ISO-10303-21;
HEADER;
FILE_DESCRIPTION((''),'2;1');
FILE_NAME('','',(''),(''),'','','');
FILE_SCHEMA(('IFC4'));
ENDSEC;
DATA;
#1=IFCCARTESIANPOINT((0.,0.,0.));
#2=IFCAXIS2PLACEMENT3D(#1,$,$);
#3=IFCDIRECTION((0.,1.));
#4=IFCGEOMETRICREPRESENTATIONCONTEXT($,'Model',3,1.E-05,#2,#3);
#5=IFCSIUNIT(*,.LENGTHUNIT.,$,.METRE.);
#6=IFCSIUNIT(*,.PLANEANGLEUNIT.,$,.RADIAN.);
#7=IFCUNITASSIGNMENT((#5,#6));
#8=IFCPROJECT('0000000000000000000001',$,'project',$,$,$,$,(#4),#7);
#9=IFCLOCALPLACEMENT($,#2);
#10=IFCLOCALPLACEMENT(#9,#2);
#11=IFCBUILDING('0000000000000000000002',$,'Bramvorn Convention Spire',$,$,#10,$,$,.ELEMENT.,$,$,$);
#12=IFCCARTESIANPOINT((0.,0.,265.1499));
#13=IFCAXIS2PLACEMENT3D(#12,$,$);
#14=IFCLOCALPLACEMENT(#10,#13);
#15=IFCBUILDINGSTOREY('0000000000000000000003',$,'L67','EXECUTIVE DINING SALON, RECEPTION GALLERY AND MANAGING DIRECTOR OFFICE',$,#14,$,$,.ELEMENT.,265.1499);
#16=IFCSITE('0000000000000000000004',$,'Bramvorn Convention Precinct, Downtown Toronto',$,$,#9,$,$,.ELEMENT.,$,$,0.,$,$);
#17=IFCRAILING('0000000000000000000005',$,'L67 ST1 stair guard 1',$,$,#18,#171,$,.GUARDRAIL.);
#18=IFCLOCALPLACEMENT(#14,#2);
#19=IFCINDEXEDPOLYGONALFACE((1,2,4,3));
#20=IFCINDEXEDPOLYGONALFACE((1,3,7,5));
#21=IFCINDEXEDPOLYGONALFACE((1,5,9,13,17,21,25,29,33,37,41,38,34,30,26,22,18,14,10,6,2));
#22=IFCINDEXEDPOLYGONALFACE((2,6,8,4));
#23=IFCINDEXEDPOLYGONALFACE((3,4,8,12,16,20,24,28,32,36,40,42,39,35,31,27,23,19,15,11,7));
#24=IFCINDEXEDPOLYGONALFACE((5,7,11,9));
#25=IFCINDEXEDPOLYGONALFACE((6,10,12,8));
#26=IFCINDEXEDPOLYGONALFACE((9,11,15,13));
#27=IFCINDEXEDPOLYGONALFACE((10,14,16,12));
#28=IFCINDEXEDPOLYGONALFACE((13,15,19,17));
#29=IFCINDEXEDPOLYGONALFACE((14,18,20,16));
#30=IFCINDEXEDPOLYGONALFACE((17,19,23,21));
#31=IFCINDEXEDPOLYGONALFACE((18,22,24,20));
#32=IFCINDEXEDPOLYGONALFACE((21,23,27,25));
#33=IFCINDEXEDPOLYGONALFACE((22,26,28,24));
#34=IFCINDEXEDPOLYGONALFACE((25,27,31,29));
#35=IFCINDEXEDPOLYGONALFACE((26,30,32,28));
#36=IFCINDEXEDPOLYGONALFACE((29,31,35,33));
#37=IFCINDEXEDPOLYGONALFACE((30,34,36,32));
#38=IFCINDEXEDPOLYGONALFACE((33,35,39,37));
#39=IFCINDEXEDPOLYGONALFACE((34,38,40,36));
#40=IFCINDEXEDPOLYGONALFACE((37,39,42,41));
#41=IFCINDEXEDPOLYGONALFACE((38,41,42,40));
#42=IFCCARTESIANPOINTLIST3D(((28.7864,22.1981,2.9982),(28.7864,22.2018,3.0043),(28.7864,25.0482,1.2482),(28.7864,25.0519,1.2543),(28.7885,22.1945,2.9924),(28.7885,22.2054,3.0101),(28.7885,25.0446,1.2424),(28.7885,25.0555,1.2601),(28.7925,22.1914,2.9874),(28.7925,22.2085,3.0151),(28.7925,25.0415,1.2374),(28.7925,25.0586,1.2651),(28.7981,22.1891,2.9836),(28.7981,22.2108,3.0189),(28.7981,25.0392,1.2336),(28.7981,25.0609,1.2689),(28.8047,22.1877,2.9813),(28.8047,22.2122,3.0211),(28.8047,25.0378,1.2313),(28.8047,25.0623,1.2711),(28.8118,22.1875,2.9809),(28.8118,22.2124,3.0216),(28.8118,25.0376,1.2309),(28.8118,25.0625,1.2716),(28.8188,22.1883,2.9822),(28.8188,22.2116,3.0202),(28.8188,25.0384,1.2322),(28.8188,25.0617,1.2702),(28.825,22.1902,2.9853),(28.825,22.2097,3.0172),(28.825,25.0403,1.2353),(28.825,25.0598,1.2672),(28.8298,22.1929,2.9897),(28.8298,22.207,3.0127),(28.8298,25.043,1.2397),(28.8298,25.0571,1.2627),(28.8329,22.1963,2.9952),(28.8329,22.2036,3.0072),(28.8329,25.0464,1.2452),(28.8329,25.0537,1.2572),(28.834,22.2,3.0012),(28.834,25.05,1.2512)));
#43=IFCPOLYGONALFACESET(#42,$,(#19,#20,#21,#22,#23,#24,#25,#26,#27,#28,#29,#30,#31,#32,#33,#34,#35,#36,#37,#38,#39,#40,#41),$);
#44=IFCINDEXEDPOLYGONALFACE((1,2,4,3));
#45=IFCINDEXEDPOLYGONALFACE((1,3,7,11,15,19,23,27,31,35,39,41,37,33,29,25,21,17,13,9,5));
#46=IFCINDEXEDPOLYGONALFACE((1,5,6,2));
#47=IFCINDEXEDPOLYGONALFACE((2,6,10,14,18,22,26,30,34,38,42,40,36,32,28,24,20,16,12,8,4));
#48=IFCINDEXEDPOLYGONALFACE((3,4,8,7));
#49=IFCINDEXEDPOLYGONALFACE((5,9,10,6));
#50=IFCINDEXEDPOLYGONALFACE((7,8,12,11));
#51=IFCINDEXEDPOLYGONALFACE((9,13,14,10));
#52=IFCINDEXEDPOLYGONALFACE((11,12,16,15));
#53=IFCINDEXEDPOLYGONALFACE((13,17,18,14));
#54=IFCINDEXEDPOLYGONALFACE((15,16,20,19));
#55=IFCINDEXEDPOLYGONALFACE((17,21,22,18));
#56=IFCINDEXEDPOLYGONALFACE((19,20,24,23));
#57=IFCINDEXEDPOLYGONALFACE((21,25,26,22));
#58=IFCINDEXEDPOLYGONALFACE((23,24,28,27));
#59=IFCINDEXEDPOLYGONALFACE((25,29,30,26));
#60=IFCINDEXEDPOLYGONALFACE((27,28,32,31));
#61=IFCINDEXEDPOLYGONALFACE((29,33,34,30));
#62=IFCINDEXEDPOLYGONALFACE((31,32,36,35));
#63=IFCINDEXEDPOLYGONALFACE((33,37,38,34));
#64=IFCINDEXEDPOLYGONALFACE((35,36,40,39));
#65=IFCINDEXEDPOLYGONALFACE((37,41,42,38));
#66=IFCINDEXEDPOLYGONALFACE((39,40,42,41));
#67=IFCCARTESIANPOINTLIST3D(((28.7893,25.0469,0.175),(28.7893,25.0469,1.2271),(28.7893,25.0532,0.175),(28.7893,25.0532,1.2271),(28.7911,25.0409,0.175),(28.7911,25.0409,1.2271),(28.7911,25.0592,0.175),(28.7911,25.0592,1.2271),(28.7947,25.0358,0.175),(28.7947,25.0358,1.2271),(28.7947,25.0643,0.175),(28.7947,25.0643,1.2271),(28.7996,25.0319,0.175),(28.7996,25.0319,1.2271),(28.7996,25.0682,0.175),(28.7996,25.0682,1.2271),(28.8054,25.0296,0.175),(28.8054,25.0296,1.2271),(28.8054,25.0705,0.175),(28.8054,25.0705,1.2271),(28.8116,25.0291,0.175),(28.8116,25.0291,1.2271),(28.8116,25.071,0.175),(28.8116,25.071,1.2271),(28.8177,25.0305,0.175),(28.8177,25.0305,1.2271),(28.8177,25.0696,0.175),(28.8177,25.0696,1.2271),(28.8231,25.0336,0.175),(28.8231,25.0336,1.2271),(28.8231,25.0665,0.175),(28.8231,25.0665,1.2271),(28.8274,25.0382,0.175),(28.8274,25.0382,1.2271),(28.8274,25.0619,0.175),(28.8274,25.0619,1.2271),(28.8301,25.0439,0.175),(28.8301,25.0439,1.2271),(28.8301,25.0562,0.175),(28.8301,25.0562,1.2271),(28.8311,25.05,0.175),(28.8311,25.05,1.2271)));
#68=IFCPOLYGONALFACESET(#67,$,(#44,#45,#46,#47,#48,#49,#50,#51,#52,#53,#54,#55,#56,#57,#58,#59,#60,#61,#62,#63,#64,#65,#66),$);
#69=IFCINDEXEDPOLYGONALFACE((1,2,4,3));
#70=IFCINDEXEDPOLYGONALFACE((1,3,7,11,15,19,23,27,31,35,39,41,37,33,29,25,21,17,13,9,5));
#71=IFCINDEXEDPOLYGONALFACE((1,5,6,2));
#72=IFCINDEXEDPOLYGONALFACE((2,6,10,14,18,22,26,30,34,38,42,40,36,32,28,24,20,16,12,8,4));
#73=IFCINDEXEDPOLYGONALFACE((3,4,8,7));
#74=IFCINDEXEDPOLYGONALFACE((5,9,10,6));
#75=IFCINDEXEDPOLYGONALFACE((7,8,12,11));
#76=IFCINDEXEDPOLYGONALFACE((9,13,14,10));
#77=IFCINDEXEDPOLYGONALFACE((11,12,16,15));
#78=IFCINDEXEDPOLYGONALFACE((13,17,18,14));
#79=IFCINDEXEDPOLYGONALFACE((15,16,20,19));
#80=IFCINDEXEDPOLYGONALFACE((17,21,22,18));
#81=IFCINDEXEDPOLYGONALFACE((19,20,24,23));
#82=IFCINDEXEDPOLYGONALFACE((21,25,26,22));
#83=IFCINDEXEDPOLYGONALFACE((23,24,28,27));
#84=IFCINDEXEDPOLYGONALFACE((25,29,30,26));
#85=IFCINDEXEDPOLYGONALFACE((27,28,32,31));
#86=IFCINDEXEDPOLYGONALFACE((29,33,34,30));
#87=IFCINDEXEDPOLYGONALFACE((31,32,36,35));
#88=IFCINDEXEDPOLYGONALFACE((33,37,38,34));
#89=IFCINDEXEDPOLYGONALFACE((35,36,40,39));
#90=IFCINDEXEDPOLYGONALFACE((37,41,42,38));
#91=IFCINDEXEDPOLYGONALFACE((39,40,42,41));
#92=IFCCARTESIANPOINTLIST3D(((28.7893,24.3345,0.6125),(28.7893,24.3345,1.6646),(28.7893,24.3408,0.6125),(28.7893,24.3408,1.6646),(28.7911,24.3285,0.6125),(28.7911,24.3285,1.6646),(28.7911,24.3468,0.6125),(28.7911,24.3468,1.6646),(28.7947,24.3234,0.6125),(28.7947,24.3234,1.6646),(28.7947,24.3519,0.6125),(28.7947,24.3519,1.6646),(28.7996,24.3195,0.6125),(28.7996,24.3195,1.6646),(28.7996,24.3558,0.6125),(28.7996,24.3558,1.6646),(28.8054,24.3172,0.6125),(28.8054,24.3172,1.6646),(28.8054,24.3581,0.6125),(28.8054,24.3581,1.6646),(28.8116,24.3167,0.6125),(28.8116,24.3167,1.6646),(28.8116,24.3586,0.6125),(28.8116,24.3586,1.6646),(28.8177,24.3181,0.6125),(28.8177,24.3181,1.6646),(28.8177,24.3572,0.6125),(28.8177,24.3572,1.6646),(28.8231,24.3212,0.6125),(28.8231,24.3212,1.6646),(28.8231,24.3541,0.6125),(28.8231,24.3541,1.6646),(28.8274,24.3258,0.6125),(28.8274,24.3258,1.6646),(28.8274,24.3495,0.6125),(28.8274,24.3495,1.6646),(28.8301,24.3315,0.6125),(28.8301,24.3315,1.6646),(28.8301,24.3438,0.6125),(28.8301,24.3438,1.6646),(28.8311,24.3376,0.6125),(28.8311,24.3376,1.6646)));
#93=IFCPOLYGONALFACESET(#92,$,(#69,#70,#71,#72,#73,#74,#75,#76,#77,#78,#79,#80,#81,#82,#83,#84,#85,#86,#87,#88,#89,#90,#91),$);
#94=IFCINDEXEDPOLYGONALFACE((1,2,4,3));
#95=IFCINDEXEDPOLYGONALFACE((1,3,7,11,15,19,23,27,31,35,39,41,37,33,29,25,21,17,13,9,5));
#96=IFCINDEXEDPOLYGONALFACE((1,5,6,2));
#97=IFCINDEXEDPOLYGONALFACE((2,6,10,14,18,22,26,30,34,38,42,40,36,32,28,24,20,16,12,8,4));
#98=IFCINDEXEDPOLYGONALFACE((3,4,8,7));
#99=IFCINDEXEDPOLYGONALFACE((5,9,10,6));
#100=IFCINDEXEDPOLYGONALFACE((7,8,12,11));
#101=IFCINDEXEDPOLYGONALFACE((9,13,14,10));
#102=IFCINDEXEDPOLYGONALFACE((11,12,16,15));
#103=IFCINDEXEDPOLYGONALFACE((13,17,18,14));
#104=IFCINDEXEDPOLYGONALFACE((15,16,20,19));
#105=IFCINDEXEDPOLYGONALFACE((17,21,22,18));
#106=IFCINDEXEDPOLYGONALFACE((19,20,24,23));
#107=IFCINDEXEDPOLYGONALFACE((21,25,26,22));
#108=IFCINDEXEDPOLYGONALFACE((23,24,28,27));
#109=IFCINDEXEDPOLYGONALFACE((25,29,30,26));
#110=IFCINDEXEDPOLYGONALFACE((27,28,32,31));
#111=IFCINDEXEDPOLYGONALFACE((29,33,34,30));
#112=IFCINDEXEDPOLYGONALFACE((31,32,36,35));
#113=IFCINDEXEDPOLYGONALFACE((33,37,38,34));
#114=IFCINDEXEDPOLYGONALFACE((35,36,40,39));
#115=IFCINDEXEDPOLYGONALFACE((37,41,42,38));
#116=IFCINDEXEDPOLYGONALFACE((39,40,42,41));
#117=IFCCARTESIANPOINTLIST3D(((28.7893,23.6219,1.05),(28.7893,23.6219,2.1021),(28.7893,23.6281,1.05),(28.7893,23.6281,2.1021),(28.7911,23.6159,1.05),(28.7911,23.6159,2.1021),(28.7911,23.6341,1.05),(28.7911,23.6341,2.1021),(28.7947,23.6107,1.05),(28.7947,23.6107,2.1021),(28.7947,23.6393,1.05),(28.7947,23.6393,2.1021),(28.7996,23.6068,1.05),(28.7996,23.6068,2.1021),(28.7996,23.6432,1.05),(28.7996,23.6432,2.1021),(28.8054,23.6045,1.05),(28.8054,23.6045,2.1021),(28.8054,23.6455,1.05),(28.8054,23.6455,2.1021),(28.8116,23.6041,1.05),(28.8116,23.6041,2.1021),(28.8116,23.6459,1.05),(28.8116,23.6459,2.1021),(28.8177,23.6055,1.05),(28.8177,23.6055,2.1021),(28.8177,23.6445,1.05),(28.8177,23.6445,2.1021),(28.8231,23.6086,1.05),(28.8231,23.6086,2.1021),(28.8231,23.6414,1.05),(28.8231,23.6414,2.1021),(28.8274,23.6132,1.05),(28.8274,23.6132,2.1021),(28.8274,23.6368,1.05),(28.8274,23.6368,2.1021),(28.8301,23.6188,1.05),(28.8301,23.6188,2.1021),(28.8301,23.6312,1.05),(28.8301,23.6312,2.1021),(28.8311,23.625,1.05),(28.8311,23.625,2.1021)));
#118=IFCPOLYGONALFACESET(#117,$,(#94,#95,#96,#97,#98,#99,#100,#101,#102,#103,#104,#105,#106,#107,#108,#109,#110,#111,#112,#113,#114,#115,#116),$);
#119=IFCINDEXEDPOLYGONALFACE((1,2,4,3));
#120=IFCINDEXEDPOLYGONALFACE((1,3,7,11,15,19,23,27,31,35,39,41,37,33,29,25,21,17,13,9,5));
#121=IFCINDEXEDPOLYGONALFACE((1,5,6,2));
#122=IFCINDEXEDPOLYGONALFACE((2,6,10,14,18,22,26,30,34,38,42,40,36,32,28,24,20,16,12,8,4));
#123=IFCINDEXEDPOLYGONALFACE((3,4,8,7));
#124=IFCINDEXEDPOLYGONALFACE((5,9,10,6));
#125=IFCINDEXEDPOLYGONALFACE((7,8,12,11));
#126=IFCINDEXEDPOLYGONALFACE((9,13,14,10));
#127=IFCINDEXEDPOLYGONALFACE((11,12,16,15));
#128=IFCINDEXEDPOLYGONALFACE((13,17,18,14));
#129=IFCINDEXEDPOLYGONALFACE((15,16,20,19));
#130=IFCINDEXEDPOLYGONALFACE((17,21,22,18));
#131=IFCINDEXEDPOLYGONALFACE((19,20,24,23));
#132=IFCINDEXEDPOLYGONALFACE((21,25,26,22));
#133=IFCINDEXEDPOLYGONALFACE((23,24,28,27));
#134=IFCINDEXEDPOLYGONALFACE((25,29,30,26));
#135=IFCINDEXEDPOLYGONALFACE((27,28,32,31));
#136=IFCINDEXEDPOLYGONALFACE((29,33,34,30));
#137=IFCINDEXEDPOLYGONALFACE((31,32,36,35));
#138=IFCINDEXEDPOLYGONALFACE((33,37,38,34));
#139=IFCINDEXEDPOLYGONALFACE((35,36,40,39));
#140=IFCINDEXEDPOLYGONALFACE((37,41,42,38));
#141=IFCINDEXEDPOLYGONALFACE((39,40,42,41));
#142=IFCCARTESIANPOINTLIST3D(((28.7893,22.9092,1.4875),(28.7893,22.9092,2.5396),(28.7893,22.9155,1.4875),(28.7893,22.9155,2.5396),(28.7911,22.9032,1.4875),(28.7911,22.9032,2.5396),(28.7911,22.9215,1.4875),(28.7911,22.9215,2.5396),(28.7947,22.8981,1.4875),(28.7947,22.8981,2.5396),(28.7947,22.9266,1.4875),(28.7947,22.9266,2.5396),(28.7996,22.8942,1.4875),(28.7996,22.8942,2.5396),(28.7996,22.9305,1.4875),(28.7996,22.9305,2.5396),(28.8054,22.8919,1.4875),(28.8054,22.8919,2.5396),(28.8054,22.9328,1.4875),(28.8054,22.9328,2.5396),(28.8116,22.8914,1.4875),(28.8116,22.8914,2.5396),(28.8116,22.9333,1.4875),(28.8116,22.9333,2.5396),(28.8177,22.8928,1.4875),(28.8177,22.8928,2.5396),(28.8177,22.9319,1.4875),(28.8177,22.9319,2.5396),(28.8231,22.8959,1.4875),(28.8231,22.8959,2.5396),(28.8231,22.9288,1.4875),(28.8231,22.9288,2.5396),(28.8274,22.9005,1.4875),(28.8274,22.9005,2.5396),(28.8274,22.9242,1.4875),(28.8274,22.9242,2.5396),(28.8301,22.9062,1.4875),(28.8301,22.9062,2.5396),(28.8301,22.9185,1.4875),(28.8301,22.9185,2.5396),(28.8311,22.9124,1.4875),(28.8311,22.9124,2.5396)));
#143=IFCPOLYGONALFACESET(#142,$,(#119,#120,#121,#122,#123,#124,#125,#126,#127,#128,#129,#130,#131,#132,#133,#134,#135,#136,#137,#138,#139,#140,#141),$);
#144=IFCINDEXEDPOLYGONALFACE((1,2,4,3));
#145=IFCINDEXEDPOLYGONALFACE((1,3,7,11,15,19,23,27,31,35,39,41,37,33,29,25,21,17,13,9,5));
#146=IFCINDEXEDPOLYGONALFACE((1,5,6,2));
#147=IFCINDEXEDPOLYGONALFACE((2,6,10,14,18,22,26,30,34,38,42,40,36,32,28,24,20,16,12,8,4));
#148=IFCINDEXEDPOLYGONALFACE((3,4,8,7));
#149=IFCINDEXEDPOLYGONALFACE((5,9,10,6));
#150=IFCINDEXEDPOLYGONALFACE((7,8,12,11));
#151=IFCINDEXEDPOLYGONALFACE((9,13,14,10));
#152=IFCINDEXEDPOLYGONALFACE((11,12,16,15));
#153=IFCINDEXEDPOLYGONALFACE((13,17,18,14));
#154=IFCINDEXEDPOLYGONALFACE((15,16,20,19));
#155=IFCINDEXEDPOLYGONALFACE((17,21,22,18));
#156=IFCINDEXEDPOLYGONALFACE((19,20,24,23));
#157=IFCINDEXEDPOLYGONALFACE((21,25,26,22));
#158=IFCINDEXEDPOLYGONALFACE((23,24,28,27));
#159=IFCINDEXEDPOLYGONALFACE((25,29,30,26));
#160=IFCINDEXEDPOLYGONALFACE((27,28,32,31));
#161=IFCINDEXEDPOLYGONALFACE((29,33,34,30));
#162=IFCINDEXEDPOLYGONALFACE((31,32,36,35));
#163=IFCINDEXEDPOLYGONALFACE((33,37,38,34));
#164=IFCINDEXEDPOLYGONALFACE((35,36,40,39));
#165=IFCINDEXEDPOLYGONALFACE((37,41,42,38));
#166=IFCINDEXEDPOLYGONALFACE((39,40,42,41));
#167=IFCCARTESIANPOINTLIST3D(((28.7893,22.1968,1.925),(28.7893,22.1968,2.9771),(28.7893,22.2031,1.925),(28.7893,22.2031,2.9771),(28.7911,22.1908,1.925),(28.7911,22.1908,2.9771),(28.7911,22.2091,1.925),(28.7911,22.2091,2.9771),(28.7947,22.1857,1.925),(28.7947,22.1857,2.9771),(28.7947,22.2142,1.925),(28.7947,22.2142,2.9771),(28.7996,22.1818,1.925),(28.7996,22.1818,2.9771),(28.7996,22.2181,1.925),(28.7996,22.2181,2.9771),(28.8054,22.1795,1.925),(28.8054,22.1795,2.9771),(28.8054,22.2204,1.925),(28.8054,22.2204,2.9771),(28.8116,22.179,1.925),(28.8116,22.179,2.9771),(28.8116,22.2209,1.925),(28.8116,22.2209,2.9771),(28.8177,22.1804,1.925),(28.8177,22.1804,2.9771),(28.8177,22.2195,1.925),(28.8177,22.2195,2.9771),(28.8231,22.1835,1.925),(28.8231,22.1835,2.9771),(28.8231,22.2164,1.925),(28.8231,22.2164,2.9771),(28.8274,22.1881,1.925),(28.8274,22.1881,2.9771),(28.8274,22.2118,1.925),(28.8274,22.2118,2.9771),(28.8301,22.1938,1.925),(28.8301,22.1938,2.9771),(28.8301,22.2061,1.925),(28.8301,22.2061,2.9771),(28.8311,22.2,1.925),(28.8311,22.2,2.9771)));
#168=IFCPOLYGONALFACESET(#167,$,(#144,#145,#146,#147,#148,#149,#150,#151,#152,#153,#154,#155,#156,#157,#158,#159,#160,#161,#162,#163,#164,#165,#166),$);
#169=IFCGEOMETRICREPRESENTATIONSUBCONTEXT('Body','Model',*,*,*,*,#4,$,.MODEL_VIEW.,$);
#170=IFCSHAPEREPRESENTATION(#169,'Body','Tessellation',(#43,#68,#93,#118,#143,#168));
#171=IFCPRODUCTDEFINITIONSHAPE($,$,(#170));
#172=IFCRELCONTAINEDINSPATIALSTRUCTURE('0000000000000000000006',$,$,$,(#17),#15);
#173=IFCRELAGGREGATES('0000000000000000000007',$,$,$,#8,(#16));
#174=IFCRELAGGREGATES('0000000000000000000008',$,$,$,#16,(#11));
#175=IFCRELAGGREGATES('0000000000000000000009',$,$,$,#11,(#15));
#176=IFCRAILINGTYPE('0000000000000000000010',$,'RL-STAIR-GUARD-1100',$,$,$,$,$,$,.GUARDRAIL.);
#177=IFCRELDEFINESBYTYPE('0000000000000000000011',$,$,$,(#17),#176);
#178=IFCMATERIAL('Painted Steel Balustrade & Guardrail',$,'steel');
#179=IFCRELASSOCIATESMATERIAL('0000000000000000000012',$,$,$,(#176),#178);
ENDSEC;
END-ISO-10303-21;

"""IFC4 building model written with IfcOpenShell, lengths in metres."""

from ifc_helpers import new_model, si_unit, direction, frame, origin, origin_2d, place, context, subcontext, project, spatial, circle, extrude, material, type_object, element, save


model = new_model("IFC4")

# Units and contexts
model_context = context("Model", 3, precision=1e-05, world=origin(), true_north=direction((0.0, 1.0)))
body_context = subcontext(model_context, "Body", "Model", "MODEL_VIEW")
ifc_project = project(units=[si_unit("LENGTHUNIT", "METRE"), si_unit("PLANEANGLEUNIT", "RADIAN")], contexts=[model_context])

# Site, building, storey
site_placement = place(None, origin())
site = spatial("IfcSite", under=ifc_project, at=site_placement, Name="Bramvorn Convention Precinct, Downtown Toronto", CompositionType="ELEMENT", RefElevation=0.0)
building_placement = place(site_placement, origin())
building = spatial("IfcBuilding", under=site, at=building_placement, Name="Bramvorn Convention Spire", CompositionType="ELEMENT")
storey_placement = place(building_placement, frame((0.0, 0.0, 265.1499)))
storey = spatial("IfcBuildingStorey", under=building, at=storey_placement, Name="L67", Description="EXECUTIVE DINING SALON, RECEPTION GALLERY AND MANAGING DIRECTOR OFFICE", CompositionType="ELEMENT", Elevation=265.1499)

# Railing
ifc_material_1 = material(Name="Painted Steel Balustrade & Guardrail", Category="steel")
railing_type_1 = type_object("IfcRailingType", Name="RL-STAIR-GUARD-1100", PredefinedType="GUARDRAIL", material=ifc_material_1)
railing_1_placement = place(storey_placement, frame((28.8101, 25.05, 0.175)))
element("IfcRailing", 1, at=railing_1_placement, inside=storey, type_object=railing_type_1, Name="L67 ST1 stair guard 1", PredefinedType="GUARDRAIL", context=body_context, shape_type="SweptSolid", body=[
    extrude(circle(Radius=0.0239, at=origin_2d()), frame((0.0, 0.0, 1.0762), z_axis=(0.0, -0.852179, 0.52325), x_axis=(1.0, 0.0, 0.0)), (0.0, 0.0, 1.0), 3.3445),
    extrude(circle(Radius=0.021, at=origin_2d()), origin(), (0.0, 0.0, 1.0), 1.052),
    extrude(circle(Radius=0.021, at=origin_2d()), frame((0.0, -0.7124, 0.4375)), (0.0, 0.0, 1.0), 1.052),
    extrude(circle(Radius=0.021, at=origin_2d()), frame((0.0, -1.425, 0.875)), (0.0, 0.0, 1.0), 1.052),
    extrude(circle(Radius=0.021, at=origin_2d()), frame((0.0, -2.1377, 1.3125)), (0.0, 0.0, 1.0), 1.052),
    extrude(circle(Radius=0.021, at=origin_2d()), frame((0.0, -2.8501, 1.75)), (0.0, 0.0, 1.0), 1.052),
])

save(model, "model.ifc")
